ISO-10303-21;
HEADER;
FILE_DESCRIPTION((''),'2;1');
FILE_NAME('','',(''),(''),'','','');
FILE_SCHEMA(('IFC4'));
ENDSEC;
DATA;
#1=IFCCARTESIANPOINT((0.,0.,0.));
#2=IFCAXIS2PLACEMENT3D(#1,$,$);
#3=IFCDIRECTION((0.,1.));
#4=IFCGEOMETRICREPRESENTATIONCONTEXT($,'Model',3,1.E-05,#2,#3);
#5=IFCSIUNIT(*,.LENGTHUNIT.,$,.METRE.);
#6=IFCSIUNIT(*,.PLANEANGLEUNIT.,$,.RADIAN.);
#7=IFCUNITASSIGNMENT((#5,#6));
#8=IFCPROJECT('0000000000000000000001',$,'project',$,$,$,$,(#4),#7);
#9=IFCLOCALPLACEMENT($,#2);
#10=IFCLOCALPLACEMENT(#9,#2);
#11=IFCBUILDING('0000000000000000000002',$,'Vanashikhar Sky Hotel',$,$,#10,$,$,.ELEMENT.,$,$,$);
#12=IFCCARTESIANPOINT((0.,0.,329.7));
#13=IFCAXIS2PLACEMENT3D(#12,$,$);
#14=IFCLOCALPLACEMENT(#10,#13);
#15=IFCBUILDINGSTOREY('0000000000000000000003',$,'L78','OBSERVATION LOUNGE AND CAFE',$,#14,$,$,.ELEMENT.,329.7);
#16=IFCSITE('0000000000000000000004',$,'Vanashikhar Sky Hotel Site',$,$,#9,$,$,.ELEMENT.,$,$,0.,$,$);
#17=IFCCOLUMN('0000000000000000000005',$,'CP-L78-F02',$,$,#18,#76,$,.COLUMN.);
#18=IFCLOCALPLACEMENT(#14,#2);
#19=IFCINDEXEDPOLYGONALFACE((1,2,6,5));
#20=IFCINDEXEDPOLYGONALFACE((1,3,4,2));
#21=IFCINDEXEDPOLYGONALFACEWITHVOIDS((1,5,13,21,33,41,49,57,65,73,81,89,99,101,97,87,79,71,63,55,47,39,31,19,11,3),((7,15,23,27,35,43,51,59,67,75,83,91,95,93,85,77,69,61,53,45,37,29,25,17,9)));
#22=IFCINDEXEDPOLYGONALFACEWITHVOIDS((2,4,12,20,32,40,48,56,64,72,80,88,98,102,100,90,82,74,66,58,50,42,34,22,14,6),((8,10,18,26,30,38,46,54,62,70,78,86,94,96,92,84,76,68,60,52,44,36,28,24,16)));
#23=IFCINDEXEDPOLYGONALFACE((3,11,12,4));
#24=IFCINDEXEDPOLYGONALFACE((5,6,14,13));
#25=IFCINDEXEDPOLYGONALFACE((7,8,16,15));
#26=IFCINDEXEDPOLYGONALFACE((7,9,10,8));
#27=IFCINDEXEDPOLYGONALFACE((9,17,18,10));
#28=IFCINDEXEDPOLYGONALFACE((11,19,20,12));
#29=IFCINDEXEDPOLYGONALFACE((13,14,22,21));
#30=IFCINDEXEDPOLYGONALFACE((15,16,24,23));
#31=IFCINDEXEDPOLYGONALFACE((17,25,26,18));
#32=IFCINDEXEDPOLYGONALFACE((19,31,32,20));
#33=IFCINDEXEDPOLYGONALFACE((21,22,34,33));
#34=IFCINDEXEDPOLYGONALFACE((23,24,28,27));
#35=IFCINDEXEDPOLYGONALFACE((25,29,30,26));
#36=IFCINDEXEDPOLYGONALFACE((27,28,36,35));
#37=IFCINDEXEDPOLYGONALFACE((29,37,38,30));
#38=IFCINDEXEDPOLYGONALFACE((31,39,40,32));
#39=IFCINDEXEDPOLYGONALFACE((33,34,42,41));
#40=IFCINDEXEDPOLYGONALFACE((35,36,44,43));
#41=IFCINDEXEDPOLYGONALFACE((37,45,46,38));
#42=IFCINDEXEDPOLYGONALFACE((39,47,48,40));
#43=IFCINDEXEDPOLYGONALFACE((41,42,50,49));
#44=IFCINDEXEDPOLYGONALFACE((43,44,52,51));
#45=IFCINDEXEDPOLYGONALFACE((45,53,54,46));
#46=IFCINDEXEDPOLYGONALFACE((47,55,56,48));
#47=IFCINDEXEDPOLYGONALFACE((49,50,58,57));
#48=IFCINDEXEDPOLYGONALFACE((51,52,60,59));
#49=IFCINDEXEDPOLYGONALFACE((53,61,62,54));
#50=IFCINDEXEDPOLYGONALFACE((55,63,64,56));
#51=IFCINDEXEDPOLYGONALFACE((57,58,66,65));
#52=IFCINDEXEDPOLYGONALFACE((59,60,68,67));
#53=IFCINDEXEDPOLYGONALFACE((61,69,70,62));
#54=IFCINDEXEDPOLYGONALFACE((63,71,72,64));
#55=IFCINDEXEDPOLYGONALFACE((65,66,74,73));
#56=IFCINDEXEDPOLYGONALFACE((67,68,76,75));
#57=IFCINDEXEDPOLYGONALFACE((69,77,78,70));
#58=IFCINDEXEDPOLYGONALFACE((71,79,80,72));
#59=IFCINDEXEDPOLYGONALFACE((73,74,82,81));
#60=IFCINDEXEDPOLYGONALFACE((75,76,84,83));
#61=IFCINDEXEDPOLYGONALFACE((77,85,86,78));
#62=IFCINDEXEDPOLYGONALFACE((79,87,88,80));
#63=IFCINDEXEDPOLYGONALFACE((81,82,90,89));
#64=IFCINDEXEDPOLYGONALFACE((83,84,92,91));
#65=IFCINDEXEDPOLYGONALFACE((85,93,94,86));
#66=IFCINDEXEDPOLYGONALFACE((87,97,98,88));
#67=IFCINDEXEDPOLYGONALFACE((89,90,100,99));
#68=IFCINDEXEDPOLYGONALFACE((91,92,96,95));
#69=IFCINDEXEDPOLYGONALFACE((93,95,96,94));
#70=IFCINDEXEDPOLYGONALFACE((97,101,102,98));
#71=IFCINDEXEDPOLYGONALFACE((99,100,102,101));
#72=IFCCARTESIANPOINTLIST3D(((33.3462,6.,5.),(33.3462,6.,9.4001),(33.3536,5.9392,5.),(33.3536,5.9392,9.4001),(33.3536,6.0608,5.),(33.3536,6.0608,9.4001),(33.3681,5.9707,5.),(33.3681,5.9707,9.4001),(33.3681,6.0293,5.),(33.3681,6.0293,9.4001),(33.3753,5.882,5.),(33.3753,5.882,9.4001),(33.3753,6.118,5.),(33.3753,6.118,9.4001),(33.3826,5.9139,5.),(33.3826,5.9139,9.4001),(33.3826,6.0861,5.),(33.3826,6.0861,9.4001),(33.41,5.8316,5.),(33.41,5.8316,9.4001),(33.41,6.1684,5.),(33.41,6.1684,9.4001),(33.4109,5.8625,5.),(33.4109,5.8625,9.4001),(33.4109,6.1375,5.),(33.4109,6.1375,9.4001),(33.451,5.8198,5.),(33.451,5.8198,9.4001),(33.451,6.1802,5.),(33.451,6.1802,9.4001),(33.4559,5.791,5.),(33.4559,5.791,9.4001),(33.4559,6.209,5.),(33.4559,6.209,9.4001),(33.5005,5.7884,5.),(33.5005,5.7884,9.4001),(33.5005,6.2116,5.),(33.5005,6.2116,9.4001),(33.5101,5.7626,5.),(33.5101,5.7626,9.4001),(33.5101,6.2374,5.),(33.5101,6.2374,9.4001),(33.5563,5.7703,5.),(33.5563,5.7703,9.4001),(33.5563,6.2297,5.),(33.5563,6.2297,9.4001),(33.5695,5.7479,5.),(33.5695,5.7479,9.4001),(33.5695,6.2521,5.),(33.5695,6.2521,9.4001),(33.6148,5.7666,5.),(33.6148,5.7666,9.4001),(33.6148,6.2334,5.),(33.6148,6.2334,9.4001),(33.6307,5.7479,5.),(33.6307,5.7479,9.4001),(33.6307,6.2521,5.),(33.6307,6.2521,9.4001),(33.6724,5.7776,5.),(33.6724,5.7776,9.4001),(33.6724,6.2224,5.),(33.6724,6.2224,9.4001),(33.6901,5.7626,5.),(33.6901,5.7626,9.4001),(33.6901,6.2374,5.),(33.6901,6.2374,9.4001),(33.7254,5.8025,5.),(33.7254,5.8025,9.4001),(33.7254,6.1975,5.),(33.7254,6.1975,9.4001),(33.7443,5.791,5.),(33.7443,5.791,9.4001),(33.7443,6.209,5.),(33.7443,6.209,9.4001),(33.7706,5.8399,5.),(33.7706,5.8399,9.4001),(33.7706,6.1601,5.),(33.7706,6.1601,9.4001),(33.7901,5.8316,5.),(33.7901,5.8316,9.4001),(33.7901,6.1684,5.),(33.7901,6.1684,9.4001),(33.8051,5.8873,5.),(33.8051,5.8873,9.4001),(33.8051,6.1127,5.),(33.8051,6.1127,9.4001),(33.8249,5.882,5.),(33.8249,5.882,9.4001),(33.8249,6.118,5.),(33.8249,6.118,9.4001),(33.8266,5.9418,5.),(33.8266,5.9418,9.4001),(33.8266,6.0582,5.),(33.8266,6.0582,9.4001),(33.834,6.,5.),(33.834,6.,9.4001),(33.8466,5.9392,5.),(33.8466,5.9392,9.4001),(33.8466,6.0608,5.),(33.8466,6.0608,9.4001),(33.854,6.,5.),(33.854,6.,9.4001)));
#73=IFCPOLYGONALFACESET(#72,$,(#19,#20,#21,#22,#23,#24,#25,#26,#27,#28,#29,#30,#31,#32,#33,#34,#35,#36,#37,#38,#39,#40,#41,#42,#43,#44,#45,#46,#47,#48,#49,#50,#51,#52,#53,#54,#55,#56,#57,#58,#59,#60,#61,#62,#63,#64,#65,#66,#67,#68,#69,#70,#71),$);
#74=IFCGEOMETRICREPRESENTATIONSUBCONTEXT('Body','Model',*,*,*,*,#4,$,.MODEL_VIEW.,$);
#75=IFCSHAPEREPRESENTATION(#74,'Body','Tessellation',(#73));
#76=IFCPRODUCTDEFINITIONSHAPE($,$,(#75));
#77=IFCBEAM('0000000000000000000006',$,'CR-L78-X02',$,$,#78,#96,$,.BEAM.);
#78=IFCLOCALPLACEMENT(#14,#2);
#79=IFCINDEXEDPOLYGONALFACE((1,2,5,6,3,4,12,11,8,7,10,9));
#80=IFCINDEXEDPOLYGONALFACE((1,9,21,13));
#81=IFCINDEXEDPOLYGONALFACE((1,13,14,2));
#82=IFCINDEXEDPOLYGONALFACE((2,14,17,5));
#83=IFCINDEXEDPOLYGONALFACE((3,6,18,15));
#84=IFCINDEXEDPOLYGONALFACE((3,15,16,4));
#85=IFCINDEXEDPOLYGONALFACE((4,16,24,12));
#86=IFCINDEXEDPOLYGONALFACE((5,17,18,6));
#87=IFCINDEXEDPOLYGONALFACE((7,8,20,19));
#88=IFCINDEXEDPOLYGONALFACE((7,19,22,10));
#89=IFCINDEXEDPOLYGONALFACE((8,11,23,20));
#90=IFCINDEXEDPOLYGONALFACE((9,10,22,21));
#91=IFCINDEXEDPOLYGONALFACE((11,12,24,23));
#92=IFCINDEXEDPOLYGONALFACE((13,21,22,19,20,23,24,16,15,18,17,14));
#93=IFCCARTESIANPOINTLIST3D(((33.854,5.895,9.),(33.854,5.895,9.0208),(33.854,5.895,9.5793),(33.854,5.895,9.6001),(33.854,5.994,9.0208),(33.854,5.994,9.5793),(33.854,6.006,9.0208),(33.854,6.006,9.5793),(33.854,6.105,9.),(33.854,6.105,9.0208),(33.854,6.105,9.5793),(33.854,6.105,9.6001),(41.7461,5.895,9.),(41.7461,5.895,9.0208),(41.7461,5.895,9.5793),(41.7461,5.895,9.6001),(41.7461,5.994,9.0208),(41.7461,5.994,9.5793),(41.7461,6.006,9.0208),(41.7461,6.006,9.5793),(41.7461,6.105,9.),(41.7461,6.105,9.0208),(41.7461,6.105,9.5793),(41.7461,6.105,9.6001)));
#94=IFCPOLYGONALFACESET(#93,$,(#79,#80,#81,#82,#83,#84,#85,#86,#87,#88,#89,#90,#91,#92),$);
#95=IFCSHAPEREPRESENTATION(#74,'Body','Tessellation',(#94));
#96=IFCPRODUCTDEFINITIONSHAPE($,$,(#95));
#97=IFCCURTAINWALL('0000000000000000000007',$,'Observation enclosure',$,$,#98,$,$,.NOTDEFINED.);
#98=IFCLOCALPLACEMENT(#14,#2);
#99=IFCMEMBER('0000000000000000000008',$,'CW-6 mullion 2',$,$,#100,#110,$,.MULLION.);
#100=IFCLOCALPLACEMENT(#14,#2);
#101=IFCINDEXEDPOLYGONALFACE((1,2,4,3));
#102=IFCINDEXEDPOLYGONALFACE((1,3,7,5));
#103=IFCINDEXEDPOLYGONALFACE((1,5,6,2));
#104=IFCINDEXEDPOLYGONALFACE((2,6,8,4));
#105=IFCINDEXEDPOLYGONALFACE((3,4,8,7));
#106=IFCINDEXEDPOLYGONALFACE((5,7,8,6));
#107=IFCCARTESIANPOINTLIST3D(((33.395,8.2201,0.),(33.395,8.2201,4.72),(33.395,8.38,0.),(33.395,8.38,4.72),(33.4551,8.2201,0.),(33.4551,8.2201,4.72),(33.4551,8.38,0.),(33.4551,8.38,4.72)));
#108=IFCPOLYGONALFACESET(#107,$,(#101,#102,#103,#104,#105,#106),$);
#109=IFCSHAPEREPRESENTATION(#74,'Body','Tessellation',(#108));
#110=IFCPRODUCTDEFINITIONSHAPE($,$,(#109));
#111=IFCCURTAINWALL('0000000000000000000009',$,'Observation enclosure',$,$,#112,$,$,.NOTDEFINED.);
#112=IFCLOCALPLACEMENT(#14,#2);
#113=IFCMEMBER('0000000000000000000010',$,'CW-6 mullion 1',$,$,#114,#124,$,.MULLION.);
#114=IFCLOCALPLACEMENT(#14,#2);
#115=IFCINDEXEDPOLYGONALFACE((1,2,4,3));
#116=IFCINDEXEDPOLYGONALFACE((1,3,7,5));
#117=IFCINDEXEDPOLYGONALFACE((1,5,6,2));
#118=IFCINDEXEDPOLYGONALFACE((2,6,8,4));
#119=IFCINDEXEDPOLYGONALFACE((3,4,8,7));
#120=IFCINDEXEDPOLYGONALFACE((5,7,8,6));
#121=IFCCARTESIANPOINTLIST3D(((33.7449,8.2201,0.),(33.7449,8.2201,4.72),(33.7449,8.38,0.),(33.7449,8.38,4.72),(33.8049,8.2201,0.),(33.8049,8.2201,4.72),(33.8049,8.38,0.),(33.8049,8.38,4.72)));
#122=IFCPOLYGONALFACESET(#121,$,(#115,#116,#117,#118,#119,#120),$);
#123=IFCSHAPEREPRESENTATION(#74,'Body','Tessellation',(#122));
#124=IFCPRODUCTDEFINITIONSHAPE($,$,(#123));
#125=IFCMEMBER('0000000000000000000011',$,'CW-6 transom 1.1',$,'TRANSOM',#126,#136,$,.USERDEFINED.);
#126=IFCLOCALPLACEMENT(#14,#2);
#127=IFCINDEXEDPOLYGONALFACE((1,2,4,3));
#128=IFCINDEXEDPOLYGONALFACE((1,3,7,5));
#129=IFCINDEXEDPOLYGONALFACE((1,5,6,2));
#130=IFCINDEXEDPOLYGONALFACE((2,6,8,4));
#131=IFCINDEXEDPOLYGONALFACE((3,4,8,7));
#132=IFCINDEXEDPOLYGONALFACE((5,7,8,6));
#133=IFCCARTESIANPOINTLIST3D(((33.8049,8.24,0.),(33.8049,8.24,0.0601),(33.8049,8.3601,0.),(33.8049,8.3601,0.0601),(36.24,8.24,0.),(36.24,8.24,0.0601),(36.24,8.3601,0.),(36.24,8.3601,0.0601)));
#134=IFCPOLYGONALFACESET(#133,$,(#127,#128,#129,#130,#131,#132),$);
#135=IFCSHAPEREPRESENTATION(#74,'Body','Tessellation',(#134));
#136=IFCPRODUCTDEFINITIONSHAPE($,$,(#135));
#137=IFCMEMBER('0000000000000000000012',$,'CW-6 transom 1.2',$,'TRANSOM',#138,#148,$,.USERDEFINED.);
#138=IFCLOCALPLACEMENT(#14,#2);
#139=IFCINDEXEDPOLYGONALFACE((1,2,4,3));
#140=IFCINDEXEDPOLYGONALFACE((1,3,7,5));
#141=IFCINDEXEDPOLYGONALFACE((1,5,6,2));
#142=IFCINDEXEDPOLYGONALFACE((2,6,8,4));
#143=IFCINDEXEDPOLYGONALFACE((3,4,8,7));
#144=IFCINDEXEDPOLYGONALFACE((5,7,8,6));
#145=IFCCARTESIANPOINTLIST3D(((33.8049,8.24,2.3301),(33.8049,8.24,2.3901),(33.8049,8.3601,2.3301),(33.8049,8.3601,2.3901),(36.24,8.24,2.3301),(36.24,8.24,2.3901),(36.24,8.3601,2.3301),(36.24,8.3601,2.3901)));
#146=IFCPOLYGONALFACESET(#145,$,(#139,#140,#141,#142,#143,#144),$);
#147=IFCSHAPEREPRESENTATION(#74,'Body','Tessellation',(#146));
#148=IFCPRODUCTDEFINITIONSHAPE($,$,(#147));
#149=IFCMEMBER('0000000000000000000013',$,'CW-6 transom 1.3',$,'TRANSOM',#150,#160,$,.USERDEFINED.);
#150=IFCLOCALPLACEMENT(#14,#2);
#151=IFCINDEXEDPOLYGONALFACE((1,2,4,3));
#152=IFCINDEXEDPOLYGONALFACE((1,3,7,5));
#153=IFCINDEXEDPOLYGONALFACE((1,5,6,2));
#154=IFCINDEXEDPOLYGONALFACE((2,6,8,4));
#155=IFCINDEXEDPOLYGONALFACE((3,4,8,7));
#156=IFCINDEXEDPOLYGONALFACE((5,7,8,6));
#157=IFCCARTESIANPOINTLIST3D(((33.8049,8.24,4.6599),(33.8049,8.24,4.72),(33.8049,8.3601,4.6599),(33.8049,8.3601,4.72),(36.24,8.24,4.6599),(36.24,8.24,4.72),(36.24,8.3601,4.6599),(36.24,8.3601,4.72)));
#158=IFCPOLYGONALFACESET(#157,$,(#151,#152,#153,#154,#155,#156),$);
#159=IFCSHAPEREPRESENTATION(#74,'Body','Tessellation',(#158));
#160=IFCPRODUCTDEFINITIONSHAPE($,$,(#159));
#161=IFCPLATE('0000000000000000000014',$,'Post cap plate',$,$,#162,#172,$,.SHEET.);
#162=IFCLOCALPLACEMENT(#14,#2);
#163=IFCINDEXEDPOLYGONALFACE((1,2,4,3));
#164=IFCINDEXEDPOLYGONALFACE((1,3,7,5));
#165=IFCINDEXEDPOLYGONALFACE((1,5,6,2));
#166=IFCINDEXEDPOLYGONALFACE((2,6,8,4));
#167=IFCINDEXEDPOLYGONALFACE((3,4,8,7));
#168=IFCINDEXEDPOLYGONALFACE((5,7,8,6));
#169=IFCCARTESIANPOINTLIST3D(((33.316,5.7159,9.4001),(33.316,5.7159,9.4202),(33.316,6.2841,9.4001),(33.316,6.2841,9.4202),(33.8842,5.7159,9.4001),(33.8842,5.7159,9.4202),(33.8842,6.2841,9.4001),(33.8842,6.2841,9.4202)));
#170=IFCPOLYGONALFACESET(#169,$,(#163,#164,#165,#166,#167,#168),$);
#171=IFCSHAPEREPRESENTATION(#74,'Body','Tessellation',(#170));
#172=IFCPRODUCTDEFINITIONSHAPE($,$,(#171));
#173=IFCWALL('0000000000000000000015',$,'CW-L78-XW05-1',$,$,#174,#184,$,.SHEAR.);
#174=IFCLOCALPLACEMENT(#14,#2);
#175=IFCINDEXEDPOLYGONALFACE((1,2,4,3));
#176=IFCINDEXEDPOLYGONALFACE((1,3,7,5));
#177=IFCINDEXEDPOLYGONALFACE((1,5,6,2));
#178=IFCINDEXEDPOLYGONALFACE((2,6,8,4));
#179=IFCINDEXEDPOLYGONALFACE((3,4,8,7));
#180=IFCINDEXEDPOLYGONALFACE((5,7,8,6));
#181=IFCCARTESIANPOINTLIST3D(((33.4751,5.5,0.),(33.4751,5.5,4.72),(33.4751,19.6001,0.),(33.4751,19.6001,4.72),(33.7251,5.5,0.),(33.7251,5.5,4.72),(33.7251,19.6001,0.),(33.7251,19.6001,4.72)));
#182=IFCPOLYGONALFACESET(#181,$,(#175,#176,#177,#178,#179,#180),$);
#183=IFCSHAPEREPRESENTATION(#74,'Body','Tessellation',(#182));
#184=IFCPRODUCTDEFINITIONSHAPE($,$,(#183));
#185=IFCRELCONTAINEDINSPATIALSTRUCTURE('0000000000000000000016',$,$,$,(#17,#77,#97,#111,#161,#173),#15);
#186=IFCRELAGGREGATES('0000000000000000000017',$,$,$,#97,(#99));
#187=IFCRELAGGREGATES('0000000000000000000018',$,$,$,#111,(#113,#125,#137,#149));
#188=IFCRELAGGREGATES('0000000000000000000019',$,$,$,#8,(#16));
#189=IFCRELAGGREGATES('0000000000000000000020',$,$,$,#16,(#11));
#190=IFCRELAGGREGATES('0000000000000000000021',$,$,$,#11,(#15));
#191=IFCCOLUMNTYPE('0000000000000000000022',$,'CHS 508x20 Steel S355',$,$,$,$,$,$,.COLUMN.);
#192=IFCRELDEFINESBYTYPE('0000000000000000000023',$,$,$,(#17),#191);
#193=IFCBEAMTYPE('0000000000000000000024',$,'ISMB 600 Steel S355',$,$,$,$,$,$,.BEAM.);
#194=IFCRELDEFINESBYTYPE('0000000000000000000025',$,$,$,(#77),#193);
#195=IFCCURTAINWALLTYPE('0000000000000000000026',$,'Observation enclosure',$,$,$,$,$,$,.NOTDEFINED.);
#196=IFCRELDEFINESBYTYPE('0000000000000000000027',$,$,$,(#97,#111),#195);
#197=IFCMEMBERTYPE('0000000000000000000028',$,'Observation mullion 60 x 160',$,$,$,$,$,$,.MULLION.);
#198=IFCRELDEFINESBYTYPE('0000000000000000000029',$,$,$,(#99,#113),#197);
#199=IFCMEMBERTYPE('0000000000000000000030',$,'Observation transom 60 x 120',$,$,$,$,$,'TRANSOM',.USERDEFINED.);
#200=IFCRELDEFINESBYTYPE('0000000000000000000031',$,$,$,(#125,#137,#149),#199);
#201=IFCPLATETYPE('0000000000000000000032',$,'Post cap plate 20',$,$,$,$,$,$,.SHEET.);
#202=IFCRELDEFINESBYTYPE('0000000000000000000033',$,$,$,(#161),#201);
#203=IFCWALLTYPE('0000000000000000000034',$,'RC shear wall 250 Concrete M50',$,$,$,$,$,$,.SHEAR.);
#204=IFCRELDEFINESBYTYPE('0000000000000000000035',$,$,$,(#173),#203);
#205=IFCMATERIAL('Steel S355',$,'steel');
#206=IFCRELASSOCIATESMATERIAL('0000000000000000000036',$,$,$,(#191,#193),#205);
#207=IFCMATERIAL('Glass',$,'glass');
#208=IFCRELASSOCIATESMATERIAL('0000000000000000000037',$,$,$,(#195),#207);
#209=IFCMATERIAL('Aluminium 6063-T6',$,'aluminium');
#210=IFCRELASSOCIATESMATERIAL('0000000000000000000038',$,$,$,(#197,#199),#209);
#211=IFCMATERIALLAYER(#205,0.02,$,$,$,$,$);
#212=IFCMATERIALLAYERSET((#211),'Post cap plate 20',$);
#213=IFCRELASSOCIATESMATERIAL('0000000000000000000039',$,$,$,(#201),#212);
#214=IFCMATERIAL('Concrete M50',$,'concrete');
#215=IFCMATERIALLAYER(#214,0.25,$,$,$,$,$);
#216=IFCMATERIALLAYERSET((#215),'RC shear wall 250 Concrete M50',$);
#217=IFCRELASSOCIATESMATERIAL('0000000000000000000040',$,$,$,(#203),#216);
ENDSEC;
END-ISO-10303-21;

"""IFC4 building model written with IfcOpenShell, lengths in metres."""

from ifc_helpers import new_model, si_unit, direction, frame, frame_2d, origin, origin_2d, place, context, subcontext, project, spatial, rectangle, hollow_circle, i_section, extrude, source, transform, mapped, material, layer, layer_set, material_profile, profile_set, type_object, element, aggregate, save


model = new_model("IFC4")

# Units and contexts
model_context = context("Model", 3, precision=1e-05, world=origin(), true_north=direction((0.0, 1.0)))
body_context = subcontext(model_context, "Body", "Model", "MODEL_VIEW")
ifc_project = project(units=[si_unit("LENGTHUNIT", "METRE"), si_unit("PLANEANGLEUNIT", "RADIAN")], contexts=[model_context])

# Site, building, storey
site_placement = place(None, origin())
site = spatial("IfcSite", under=ifc_project, at=site_placement, Name="Vanashikhar Sky Hotel Site", CompositionType="ELEMENT", RefElevation=0.0)
building_placement = place(site_placement, origin())
building = spatial("IfcBuilding", under=site, at=building_placement, Name="Vanashikhar Sky Hotel", CompositionType="ELEMENT")
storey_placement = place(building_placement, frame((0.0, 0.0, 329.7)))
storey = spatial("IfcBuildingStorey", under=building, at=storey_placement, Name="L78", Description="OBSERVATION LOUNGE AND CAFE", CompositionType="ELEMENT", Elevation=329.7)

# Column
ifc_material_1 = material(Name="Steel S355", Category="steel")
ifc_material_profile_1 = material_profile(ifc_material_1, hollow_circle(Radius=0.2539, WallThickness=0.02, at=origin_2d()))
ifc_profile_set_1 = profile_set([ifc_material_profile_1], Name="CHS 508x20 Steel S355")
column_type = type_object("IfcColumnType", Name="CHS 508x20 Steel S355", PredefinedType="COLUMN", material=ifc_profile_set_1)
shared_shape_1 = source(origin(), body_context, "Body", "SweptSolid", [
    extrude(hollow_circle(Radius=0.2539, WallThickness=0.02, at=origin_2d()), origin(), (0.0, 0.0, 1.0), 4.4001),
])
column_placement = place(storey_placement, frame((33.6001, 6.0, 5.0), z_axis=(0.0, 0.0, 1.0), x_axis=(1.0, 0.0, 0.0)))
element("IfcColumn", 1, at=column_placement, inside=storey, type_object=column_type, Name="CP-L78-F02", PredefinedType="COLUMN", context=body_context, shape_type="MappedRepresentation", body=[
    mapped(shared_shape_1, transform((0.0, 0.0, 0.0), scale=1.0)),
])

# Beam
ifc_material_profile_2 = material_profile(ifc_material_1, i_section(OverallWidth=0.21, OverallDepth=0.6001, WebThickness=0.012, FlangeThickness=0.0208, at=origin_2d()), Name="ISMB 600")
ifc_profile_set_2 = profile_set([ifc_material_profile_2], Name="Steel S355")
beam_type = type_object("IfcBeamType", Name="ISMB 600 Steel S355", PredefinedType="BEAM", material=ifc_profile_set_2)
shared_shape_2 = source(origin(), body_context, "Body", "SweptSolid", [
    extrude(i_section(OverallWidth=0.21, OverallDepth=0.6001, WebThickness=0.012, FlangeThickness=0.0208, at=origin_2d()), origin(), (0.0, 0.0, 1.0), 7.8921),
])
beam_placement = place(storey_placement, frame((33.854, 6.0, 9.3), z_axis=(1.0, 0.0, 0.0), x_axis=(0.0, 1.0, 0.0)))
element("IfcBeam", 2, at=beam_placement, inside=storey, type_object=beam_type, Name="CR-L78-X02", PredefinedType="BEAM", context=body_context, shape_type="MappedRepresentation", body=[
    mapped(shared_shape_2, transform((0.0, 0.0, 0.0), scale=1.0)),
])

# Curtain wall, member
ifc_material_2 = material(Name="Glass", Category="glass")
curtain_wall_type = type_object("IfcCurtainWallType", Name="Observation enclosure", PredefinedType="NOTDEFINED", material=ifc_material_2)
curtain_wall_1_placement = place(storey_placement, origin())
curtain_wall_1 = element("IfcCurtainWall", 3, at=curtain_wall_1_placement, inside=storey, type_object=curtain_wall_type, Name="Observation enclosure", PredefinedType="NOTDEFINED")
ifc_material_3 = material(Name="Aluminium 6063-T6", Category="aluminium")
ifc_material_profile_3 = material_profile(ifc_material_3, rectangle(XDim=0.1599, YDim=0.0601, at=origin_2d()))
ifc_profile_set_3 = profile_set([ifc_material_profile_3], Name="Aluminium 6063-T6")
member_type_1 = type_object("IfcMemberType", Name="Observation mullion 60 x 160", PredefinedType="MULLION", material=ifc_profile_set_3)
shared_shape_3 = source(origin(), body_context, "Body", "SweptSolid", [
    extrude(rectangle(XDim=0.1599, YDim=0.0601, at=origin_2d()), origin(), (0.0, 0.0, 1.0), 4.72),
])
member_1_placement = place(storey_placement, frame((33.425, 8.3, 0.0), z_axis=(0.0, 0.0, 1.0), x_axis=(0.0, 1.0, 0.0)))
member_1 = element("IfcMember", 4, at=member_1_placement, type_object=member_type_1, Name="CW-6 mullion 2", PredefinedType="MULLION", context=body_context, shape_type="MappedRepresentation", body=[
    mapped(shared_shape_3, transform((0.0, 0.0, 0.0), scale=1.0)),
])
aggregate(curtain_wall_1, [member_1])

# Curtain wall, members
curtain_wall_2_placement = place(storey_placement, origin())
curtain_wall_2 = element("IfcCurtainWall", 5, at=curtain_wall_2_placement, inside=storey, type_object=curtain_wall_type, Name="Observation enclosure", PredefinedType="NOTDEFINED")
member_2_placement = place(storey_placement, frame((33.7749, 8.3, 0.0), z_axis=(0.0, 0.0, 1.0), x_axis=(0.0, 1.0, 0.0)))
member_2 = element("IfcMember", 6, at=member_2_placement, type_object=member_type_1, Name="CW-6 mullion 1", PredefinedType="MULLION", context=body_context, shape_type="MappedRepresentation", body=[
    mapped(shared_shape_3, transform((0.0, 0.0, 0.0), scale=1.0)),
])
ifc_material_profile_4 = material_profile(ifc_material_3, rectangle(XDim=0.1201, YDim=0.0601, at=origin_2d()))
ifc_profile_set_4 = profile_set([ifc_material_profile_4], Name="Aluminium 6063-T6")
member_type_2 = type_object("IfcMemberType", Name="Observation transom 60 x 120", ElementType="TRANSOM", PredefinedType="USERDEFINED", material=ifc_profile_set_4)
shared_shape_4 = source(origin(), body_context, "Body", "SweptSolid", [
    extrude(rectangle(XDim=0.1201, YDim=0.0601, at=origin_2d()), origin(), (0.0, 0.0, 1.0), 2.4351),
])
member_3_placement = place(storey_placement, frame((33.8049, 8.3, 0.03), z_axis=(1.0, 0.0, 0.0), x_axis=(0.0, 1.0, 0.0)))
member_3 = element("IfcMember", 7, at=member_3_placement, type_object=member_type_2, Name="CW-6 transom 1.1", ObjectType="TRANSOM", PredefinedType="USERDEFINED", context=body_context, shape_type="MappedRepresentation", body=[
    mapped(shared_shape_4, transform((0.0, 0.0, 0.0), scale=1.0)),
])
member_4_placement = place(storey_placement, frame((33.8049, 8.3, 2.3601), z_axis=(1.0, 0.0, 0.0), x_axis=(0.0, 1.0, 0.0)))
member_4 = element("IfcMember", 8, at=member_4_placement, type_object=member_type_2, Name="CW-6 transom 1.2", ObjectType="TRANSOM", PredefinedType="USERDEFINED", context=body_context, shape_type="MappedRepresentation", body=[
    mapped(shared_shape_4, transform((0.0, 0.0, 0.0), scale=1.0)),
])
member_5_placement = place(storey_placement, frame((33.8049, 8.3, 4.6899), z_axis=(1.0, 0.0, 0.0), x_axis=(0.0, 1.0, 0.0)))
member_5 = element("IfcMember", 9, at=member_5_placement, type_object=member_type_2, Name="CW-6 transom 1.3", ObjectType="TRANSOM", PredefinedType="USERDEFINED", context=body_context, shape_type="MappedRepresentation", body=[
    mapped(shared_shape_4, transform((0.0, 0.0, 0.0), scale=1.0)),
])
aggregate(curtain_wall_2, [member_2, member_3, member_4, member_5])

# Plate
ifc_layer_1 = layer(ifc_material_1, 0.02)
ifc_layer_set_1 = layer_set([ifc_layer_1], Name="Post cap plate 20")
plate_type = type_object("IfcPlateType", Name="Post cap plate 20", PredefinedType="SHEET", material=ifc_layer_set_1)
shared_shape_5 = source(origin(), body_context, "Body", "SweptSolid", [
    extrude(rectangle(XDim=0.5681, YDim=0.5681, at=origin_2d()), origin(), (0.0, 0.0, 1.0), 0.02),
])
plate_placement = place(storey_placement, frame((33.6001, 6.0, 9.4001), z_axis=(0.0, 0.0, 1.0), x_axis=(1.0, 0.0, 0.0)))
element("IfcPlate", 10, at=plate_placement, inside=storey, type_object=plate_type, Name="Post cap plate", PredefinedType="SHEET", context=body_context, shape_type="MappedRepresentation", body=[
    mapped(shared_shape_5, transform((0.0, 0.0, 0.0), scale=1.0)),
])

# Wall
ifc_material_4 = material(Name="Concrete M50", Category="concrete")
ifc_layer_2 = layer(ifc_material_4, 0.25)
ifc_layer_set_2 = layer_set([ifc_layer_2], Name="RC shear wall 250 Concrete M50")
wall_type_1 = type_object("IfcWallType", Name="RC shear wall 250 Concrete M50", PredefinedType="SHEAR", material=ifc_layer_set_2)
shared_shape_6 = source(origin(), body_context, "Body", "SweptSolid", [
    extrude(rectangle(XDim=14.1001, YDim=0.25, at=frame_2d((7.05, 0.0))), origin(), (0.0, 0.0, 1.0), 4.72),
])
for number, where, z_axis, x_axis, name in (
    (11, (33.6001, 5.5, 0.0), (0.0, 0.0, 1.0), (0.0, 1.0, 0.0), "CW-L78-XW05-1"),
):
    element("IfcWall", number, at=place(storey_placement, frame(where, z_axis=z_axis, x_axis=x_axis)), inside=storey, type_object=wall_type_1, Name=name, PredefinedType="SHEAR", context=body_context, shape_type="MappedRepresentation", body=[
        mapped(shared_shape_6, transform((0.0, 0.0, 0.0), scale=1.0)),
    ])

save(model, "model.ifc")
